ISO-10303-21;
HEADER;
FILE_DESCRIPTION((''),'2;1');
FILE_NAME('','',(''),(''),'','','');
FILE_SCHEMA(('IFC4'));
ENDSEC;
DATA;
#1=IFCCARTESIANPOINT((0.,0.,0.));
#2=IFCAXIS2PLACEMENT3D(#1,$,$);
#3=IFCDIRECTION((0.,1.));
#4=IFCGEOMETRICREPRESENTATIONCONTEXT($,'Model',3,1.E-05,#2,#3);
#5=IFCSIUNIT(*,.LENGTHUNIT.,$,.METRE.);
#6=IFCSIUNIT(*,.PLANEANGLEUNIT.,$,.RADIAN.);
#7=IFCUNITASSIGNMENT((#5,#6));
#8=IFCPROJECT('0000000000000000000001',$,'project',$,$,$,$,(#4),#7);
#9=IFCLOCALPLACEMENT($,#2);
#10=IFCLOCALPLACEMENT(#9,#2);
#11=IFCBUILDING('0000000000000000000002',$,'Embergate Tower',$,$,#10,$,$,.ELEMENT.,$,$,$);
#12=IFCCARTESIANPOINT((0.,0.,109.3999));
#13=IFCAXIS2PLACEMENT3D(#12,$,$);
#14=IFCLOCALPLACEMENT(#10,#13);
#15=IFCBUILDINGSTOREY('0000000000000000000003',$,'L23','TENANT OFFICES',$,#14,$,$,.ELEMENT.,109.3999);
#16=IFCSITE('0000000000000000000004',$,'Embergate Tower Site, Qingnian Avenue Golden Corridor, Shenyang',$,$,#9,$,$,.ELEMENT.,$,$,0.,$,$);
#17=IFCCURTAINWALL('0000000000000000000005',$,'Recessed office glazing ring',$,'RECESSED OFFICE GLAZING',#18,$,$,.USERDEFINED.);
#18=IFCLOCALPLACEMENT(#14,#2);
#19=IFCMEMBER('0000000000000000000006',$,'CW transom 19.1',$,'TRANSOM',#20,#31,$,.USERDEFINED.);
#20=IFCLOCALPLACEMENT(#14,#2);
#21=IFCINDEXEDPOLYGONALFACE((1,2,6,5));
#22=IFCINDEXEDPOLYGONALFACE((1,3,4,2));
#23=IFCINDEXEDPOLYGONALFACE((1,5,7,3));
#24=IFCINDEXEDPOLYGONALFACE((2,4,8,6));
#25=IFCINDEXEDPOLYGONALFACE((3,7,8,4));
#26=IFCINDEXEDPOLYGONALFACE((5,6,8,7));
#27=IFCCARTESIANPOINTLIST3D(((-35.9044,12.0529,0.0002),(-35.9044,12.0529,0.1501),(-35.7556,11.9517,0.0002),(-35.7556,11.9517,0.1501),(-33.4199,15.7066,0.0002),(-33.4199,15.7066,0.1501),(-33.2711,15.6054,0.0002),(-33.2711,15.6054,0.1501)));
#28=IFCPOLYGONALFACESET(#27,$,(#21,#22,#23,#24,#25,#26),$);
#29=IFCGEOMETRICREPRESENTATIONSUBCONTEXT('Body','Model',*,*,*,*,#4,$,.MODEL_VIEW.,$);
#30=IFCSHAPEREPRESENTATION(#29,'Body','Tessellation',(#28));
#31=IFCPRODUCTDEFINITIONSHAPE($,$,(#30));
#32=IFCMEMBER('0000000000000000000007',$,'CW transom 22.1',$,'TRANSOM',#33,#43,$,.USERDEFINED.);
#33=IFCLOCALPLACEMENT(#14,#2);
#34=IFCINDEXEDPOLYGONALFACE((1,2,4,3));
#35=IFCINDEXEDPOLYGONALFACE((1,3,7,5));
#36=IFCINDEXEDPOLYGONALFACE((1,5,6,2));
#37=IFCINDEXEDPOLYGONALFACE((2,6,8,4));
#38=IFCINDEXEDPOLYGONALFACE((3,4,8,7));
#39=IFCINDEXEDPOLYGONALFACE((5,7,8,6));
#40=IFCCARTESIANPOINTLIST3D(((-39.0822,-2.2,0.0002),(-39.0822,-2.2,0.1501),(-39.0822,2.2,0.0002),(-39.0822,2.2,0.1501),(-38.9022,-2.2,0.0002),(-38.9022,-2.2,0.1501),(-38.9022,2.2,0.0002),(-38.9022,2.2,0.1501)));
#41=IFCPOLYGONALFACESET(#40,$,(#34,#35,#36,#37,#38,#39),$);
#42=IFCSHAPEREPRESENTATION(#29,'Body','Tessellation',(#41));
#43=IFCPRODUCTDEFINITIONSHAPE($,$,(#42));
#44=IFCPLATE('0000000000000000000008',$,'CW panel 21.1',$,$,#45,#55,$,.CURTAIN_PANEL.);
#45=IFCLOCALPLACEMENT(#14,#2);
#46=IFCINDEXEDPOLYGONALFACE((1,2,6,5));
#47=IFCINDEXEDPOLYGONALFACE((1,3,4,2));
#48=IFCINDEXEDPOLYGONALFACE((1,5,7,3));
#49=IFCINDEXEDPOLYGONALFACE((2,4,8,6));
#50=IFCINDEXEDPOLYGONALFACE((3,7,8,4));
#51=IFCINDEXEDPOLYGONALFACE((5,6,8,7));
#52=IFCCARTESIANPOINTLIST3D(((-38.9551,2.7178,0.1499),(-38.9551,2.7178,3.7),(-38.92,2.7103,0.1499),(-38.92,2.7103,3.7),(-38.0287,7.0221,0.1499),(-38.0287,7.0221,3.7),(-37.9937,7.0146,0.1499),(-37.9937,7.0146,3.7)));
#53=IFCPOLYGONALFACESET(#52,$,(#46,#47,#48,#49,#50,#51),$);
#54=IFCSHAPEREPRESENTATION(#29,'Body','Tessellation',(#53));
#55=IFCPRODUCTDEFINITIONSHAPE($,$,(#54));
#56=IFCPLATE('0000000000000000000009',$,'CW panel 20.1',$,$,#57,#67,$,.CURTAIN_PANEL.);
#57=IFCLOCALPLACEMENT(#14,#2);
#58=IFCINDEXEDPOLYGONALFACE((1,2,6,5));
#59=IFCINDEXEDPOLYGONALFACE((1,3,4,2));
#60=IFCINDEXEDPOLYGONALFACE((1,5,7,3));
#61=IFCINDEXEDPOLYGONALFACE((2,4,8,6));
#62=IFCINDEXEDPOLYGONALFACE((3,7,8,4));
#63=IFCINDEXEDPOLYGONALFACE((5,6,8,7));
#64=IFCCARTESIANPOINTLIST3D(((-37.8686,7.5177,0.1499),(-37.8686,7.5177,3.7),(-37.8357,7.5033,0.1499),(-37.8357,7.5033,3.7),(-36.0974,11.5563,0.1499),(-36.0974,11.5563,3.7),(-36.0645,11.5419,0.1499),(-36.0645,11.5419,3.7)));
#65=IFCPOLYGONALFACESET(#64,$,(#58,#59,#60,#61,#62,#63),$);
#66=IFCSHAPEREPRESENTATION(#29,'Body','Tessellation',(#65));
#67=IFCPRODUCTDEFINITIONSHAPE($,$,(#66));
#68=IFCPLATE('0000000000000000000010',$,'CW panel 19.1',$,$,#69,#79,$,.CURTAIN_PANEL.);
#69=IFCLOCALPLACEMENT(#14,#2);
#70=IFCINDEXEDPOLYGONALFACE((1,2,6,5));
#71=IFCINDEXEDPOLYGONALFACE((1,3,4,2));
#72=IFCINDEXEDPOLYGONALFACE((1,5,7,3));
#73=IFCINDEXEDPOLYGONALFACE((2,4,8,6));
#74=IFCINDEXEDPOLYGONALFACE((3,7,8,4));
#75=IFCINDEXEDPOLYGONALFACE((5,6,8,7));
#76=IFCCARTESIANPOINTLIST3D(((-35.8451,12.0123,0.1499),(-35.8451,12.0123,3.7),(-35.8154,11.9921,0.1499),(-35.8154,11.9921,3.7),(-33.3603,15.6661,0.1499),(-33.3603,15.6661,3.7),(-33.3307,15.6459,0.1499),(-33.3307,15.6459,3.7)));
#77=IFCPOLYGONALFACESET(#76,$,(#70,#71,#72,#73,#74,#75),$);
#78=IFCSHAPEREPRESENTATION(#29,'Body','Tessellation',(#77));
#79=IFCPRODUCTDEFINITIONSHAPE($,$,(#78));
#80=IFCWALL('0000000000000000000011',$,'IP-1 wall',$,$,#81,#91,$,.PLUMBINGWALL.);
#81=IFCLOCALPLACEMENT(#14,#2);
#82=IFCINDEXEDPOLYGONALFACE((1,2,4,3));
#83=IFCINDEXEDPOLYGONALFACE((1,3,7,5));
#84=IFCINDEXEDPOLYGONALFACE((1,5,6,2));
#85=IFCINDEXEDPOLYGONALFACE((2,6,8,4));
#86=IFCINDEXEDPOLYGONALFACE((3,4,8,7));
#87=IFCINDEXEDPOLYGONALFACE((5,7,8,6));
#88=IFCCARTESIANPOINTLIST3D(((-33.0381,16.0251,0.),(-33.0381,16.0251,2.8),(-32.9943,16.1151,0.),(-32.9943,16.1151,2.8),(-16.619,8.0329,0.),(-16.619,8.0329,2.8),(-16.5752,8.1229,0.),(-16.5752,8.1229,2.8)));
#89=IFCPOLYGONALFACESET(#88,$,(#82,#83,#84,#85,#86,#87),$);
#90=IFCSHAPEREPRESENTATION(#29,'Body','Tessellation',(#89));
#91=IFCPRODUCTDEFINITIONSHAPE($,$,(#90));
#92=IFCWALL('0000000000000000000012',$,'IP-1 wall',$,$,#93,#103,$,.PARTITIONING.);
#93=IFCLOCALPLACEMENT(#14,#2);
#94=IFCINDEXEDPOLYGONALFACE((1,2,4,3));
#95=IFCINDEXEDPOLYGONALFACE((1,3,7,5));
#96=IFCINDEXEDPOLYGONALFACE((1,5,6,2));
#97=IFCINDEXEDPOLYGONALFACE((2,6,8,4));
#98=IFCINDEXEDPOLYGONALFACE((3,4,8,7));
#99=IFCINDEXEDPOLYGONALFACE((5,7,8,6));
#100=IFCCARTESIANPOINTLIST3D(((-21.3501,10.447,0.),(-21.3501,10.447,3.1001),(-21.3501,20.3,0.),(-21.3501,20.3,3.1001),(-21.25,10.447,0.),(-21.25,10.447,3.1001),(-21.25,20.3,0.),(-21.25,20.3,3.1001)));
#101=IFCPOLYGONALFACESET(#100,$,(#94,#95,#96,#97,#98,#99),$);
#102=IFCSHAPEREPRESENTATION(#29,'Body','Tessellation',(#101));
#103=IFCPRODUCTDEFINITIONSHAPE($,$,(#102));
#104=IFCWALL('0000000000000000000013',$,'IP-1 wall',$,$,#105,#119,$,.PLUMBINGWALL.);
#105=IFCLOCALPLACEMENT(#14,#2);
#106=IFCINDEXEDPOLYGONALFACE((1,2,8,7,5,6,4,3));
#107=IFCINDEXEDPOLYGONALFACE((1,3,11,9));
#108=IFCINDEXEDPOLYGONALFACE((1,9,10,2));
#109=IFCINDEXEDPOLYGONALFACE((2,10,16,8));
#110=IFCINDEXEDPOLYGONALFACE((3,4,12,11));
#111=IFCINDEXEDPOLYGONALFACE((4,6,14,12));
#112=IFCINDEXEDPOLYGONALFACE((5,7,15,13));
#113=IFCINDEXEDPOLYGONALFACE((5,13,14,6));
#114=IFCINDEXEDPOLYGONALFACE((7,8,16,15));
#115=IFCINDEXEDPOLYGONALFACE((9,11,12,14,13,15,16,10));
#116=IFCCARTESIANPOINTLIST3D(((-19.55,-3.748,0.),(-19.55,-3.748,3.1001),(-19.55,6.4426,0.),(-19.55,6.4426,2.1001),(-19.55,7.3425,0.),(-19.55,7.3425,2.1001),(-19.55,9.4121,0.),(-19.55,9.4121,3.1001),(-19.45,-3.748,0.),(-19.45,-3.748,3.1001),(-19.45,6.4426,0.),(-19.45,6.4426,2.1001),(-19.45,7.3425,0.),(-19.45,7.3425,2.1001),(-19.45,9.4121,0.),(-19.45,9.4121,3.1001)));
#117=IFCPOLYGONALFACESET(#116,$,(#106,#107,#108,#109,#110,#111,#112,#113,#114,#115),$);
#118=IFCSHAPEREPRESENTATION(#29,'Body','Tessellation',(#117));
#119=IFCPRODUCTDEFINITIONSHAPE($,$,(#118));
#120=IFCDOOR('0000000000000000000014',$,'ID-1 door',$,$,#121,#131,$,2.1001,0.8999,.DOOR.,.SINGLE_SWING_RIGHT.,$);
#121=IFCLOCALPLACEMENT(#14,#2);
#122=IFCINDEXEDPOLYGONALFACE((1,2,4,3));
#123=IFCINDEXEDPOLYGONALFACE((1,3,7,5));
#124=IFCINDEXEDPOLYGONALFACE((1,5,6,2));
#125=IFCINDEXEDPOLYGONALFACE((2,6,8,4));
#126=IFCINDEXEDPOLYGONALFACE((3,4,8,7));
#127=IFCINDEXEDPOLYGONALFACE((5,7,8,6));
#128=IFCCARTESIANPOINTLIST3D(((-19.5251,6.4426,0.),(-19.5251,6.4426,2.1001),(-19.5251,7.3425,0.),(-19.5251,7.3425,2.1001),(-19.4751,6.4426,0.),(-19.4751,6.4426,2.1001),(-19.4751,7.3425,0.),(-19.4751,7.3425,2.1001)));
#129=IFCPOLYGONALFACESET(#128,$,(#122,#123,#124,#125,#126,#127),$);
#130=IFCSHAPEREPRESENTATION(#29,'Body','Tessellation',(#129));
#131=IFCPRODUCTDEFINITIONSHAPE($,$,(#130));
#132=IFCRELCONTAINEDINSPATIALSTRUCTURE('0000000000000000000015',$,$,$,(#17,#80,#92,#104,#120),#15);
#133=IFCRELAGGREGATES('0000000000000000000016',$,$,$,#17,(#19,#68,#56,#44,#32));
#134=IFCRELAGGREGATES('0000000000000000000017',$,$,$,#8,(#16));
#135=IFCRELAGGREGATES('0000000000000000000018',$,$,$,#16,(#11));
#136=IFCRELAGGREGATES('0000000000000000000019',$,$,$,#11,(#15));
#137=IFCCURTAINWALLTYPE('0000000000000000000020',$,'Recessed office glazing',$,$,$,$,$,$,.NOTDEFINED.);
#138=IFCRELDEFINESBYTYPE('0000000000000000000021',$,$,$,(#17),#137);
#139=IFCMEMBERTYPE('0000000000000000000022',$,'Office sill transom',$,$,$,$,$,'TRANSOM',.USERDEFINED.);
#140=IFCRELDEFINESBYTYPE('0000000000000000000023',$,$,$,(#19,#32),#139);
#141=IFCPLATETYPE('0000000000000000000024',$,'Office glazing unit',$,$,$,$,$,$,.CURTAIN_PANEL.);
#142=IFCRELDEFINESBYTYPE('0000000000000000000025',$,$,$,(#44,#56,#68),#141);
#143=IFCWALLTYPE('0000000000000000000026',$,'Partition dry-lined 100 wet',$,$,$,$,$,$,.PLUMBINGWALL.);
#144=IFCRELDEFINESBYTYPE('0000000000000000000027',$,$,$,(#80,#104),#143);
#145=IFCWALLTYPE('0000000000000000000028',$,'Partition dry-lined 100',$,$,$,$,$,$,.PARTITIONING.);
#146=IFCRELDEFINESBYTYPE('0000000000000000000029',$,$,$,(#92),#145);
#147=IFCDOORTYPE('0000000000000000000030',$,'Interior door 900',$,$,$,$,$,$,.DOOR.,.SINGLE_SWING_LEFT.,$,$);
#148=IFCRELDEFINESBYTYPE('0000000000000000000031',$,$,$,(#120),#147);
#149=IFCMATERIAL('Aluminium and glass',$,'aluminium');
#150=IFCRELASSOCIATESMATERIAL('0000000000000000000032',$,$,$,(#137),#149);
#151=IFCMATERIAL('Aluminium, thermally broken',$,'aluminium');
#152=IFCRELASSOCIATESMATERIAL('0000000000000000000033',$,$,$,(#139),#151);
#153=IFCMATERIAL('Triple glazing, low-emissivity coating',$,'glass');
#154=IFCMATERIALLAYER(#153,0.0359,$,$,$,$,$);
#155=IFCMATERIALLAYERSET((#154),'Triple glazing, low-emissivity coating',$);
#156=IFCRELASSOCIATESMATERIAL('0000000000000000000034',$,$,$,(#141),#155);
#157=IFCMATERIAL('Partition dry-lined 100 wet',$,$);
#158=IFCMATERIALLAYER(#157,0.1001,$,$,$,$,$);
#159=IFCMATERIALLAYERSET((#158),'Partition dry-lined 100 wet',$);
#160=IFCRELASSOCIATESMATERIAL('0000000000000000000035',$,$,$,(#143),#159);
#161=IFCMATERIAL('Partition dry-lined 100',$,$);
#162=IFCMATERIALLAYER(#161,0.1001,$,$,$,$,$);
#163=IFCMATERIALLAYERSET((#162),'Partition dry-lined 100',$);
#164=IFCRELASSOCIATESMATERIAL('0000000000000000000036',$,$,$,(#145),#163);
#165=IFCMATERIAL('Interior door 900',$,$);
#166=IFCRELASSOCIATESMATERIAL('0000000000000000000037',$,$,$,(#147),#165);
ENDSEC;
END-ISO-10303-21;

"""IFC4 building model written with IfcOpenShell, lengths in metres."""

from ifc_helpers import new_model, si_unit, direction, frame, frame_2d, origin, origin_2d, place, context, subcontext, project, spatial, rectangle, extrude, source, transform, mapped, material, layer, layer_set, material_profile, profile_set, type_object, element, fill, aggregate, save


model = new_model("IFC4")

# Units and contexts
model_context = context("Model", 3, precision=1e-05, world=origin(), true_north=direction((0.0, 1.0)))
body_context = subcontext(model_context, "Body", "Model", "MODEL_VIEW")
ifc_project = project(units=[si_unit("LENGTHUNIT", "METRE"), si_unit("PLANEANGLEUNIT", "RADIAN")], contexts=[model_context])

# Site, building, storey
site_placement = place(None, origin())
site = spatial("IfcSite", under=ifc_project, at=site_placement, Name="Embergate Tower Site, Qingnian Avenue Golden Corridor, Shenyang", CompositionType="ELEMENT", RefElevation=0.0)
building_placement = place(site_placement, origin())
building = spatial("IfcBuilding", under=site, at=building_placement, Name="Embergate Tower", CompositionType="ELEMENT")
storey_placement = place(building_placement, frame((0.0, 0.0, 109.3999)))
storey = spatial("IfcBuildingStorey", under=building, at=storey_placement, Name="L23", Description="TENANT OFFICES", CompositionType="ELEMENT", Elevation=109.3999)

# Curtain wall, members, plates
ifc_material_1 = material(Name="Aluminium and glass", Category="aluminium")
curtain_wall_type = type_object("IfcCurtainWallType", Name="Recessed office glazing", PredefinedType="NOTDEFINED", material=ifc_material_1)
curtain_wall_placement = place(storey_placement, origin())
curtain_wall = element("IfcCurtainWall", 1, at=curtain_wall_placement, inside=storey, type_object=curtain_wall_type, Name="Recessed office glazing ring", ObjectType="RECESSED OFFICE GLAZING", PredefinedType="USERDEFINED")
ifc_material_2 = material(Name="Aluminium, thermally broken", Category="aluminium")
ifc_material_profile_1 = material_profile(ifc_material_2, rectangle(XDim=0.1799, YDim=0.1499, at=origin_2d()), Name="AL 150x180")
ifc_profile_set_1 = profile_set([ifc_material_profile_1], Name="Aluminium, thermally broken")
member_type_1 = type_object("IfcMemberType", Name="Office sill transom", ElementType="TRANSOM", PredefinedType="USERDEFINED", material=ifc_profile_set_1)
shared_shape_1 = source(origin(), body_context, "Body", "SweptSolid", [
    extrude(rectangle(XDim=0.1799, YDim=0.1499, at=origin_2d()), origin(), (0.0, 0.0, 1.0), 4.4185),
])
member_1_placement = place(storey_placement, frame((-33.3455, 15.656, 0.0752), z_axis=(-0.562315, -0.826923, 0.0), x_axis=(0.826923, -0.562315, 0.0)))
member_1 = element("IfcMember", 2, at=member_1_placement, type_object=member_type_1, Name="CW transom 19.1", ObjectType="TRANSOM", PredefinedType="USERDEFINED", context=body_context, shape_type="MappedRepresentation", body=[
    mapped(shared_shape_1, transform((0.0, 0.0, 0.0))),
])
shared_shape_2 = source(origin(), body_context, "Body", "SweptSolid", [
    extrude(rectangle(XDim=0.1799, YDim=0.1499, at=origin_2d()), origin(), (0.0, 0.0, 1.0), 4.3999),
])
member_2_placement = place(storey_placement, frame((-38.9922, 2.2, 0.0752), z_axis=(0.0, -1.0, 0.0), x_axis=(1.0, 0.0, 0.0)))
member_2 = element("IfcMember", 3, at=member_2_placement, type_object=member_type_1, Name="CW transom 22.1", ObjectType="TRANSOM", PredefinedType="USERDEFINED", context=body_context, shape_type="MappedRepresentation", body=[
    mapped(shared_shape_2, transform((0.0, 0.0, 0.0))),
])
ifc_material_3 = material(Name="Triple glazing, low-emissivity coating", Category="glass")
ifc_layer_1 = layer(ifc_material_3, 0.0359)
ifc_layer_set_1 = layer_set([ifc_layer_1], Name="Triple glazing, low-emissivity coating")
plate_type = type_object("IfcPlateType", Name="Office glazing unit", PredefinedType="CURTAIN_PANEL", material=ifc_layer_set_1)
shared_shape_3 = source(origin(), body_context, "Body", "SweptSolid", [
    extrude(rectangle(XDim=4.4028, YDim=0.0359, at=origin_2d()), origin(), (0.0, 0.0, 1.0), 3.55),
])
plate_1_placement = place(storey_placement, frame((-38.4744, 4.8662, 0.1499), z_axis=(0.0, 0.0, 1.0), x_axis=(-0.210392, -0.977617, 0.0)))
plate_1 = element("IfcPlate", 4, at=plate_1_placement, type_object=plate_type, Name="CW panel 21.1", PredefinedType="CURTAIN_PANEL", context=body_context, shape_type="MappedRepresentation", body=[
    mapped(shared_shape_3, transform((0.0, 0.0, 0.0))),
])
shared_shape_4 = source(origin(), body_context, "Body", "SweptSolid", [
    extrude(rectangle(XDim=4.4099, YDim=0.0359, at=origin_2d()), origin(), (0.0, 0.0, 1.0), 3.55),
])
plate_2_placement = place(storey_placement, frame((-36.9666, 9.5298, 0.1499), z_axis=(0.0, 0.0, 1.0), x_axis=(-0.401644, -0.915796, 0.0)))
plate_2 = element("IfcPlate", 5, at=plate_2_placement, type_object=plate_type, Name="CW panel 20.1", PredefinedType="CURTAIN_PANEL", context=body_context, shape_type="MappedRepresentation", body=[
    mapped(shared_shape_4, transform((0.0, 0.0, 0.0))),
])
shared_shape_5 = source(origin(), body_context, "Body", "SweptSolid", [
    extrude(rectangle(XDim=4.4187, YDim=0.0359, at=origin_2d()), origin(), (0.0, 0.0, 1.0), 3.55),
])
plate_3_placement = place(storey_placement, frame((-34.5879, 13.8291, 0.1499), z_axis=(0.0, 0.0, 1.0), x_axis=(-0.562332, -0.826912, 0.0)))
plate_3 = element("IfcPlate", 6, at=plate_3_placement, type_object=plate_type, Name="CW panel 19.1", PredefinedType="CURTAIN_PANEL", context=body_context, shape_type="MappedRepresentation", body=[
    mapped(shared_shape_5, transform((0.0, 0.0, 0.0))),
])
aggregate(curtain_wall, [member_1, plate_3, plate_2, plate_1, member_2])

# Walls
ifc_material_4 = material(Name="Partition dry-lined 100 wet")
ifc_layer_2 = layer(ifc_material_4, 0.1001)
ifc_layer_set_2 = layer_set([ifc_layer_2], Name="Partition dry-lined 100 wet")
wall_type_1 = type_object("IfcWallType", Name="Partition dry-lined 100 wet", PredefinedType="PLUMBINGWALL", material=ifc_layer_set_2)
shared_shape_6 = source(origin(), body_context, "Body", "SweptSolid", [
    extrude(rectangle(XDim=18.261, YDim=0.1001, at=frame_2d((9.1304, 0.0))), origin(), (0.0, 0.0, 1.0), 2.8),
])
wall_1_placement = place(storey_placement, frame((-33.0161, 16.0701, 0.0), z_axis=(0.0, 0.0, 1.0), x_axis=(0.899139, -0.437664, 0.0)))
element("IfcWall", 7, at=wall_1_placement, inside=storey, type_object=wall_type_1, Name="IP-1 wall", PredefinedType="PLUMBINGWALL", context=body_context, shape_type="MappedRepresentation", body=[
    mapped(shared_shape_6, transform((0.0, 0.0, 0.0))),
])
ifc_material_5 = material(Name="Partition dry-lined 100")
ifc_layer_3 = layer(ifc_material_5, 0.1001)
ifc_layer_set_3 = layer_set([ifc_layer_3], Name="Partition dry-lined 100")
wall_type_2 = type_object("IfcWallType", Name="Partition dry-lined 100", PredefinedType="PARTITIONING", material=ifc_layer_set_3)
shared_shape_7 = source(origin(), body_context, "Body", "SweptSolid", [
    extrude(rectangle(XDim=9.853, YDim=0.1001, at=frame_2d((4.9265, 0.0))), origin(), (0.0, 0.0, 1.0), 3.1001),
])
wall_2_placement = place(storey_placement, frame((-21.3, 10.447, 0.0), z_axis=(0.0, 0.0, 1.0), x_axis=(0.0, 1.0, 0.0)))
element("IfcWall", 8, at=wall_2_placement, inside=storey, type_object=wall_type_2, Name="IP-1 wall", PredefinedType="PARTITIONING", context=body_context, shape_type="MappedRepresentation", body=[
    mapped(shared_shape_7, transform((0.0, 0.0, 0.0))),
])

# Wall, opening, door
shared_shape_8 = source(origin(), body_context, "Body", "SweptSolid", [
    extrude(rectangle(XDim=13.1602, YDim=0.1001, at=frame_2d((6.5801, 0.0))), origin(), (0.0, 0.0, 1.0), 3.1001),
])
wall_3_placement = place(storey_placement, frame((-19.5, 9.4121, 0.0), z_axis=(0.0, 0.0, 1.0), x_axis=(0.0, -1.0, 0.0)))
wall_3 = element("IfcWall", 9, at=wall_3_placement, inside=storey, type_object=wall_type_1, Name="IP-1 wall", PredefinedType="PLUMBINGWALL", context=body_context, shape_type="MappedRepresentation", body=[
    mapped(shared_shape_8, transform((0.0, 0.0, 0.0))),
])
shared_shape_9 = source(origin(), body_context, "Body", "SweptSolid", [
    extrude(rectangle(XDim=0.8999, YDim=2.1001, at=frame_2d((0.45, 1.05))), frame((0.0, 0.0601, 0.0), z_axis=(0.0, -1.0, 0.0), x_axis=(1.0, 0.0, 0.0)), (0.0, 0.0, 1.0), 0.1201),
])
opening_placement = place(wall_3_placement, frame((2.0696, 0.0, 0.0)))
opening = element("IfcOpeningElement", 10, at=opening_placement, cuts=wall_3, PredefinedType="OPENING", context=body_context, shape_type="MappedRepresentation", body=[
    mapped(shared_shape_9, transform((0.0, 0.0, 0.0))),
])
ifc_material_6 = material(Name="Interior door 900")
door_type = type_object("IfcDoorType", Name="Interior door 900", OperationType="SINGLE_SWING_LEFT", PredefinedType="DOOR", material=ifc_material_6)
shared_shape_10 = source(origin(), body_context, "Body", "SweptSolid", [
    extrude(rectangle(XDim=0.8999, YDim=2.1001, at=frame_2d((0.45, 1.05))), frame((0.0, 0.0249, 0.0), z_axis=(0.0, -1.0, 0.0), x_axis=(1.0, 0.0, 0.0)), (0.0, 0.0, 1.0), 0.05),
])
door_placement = place(opening_placement, origin())
door = element("IfcDoor", 11, at=door_placement, inside=storey, type_object=door_type, Name="ID-1 door", OperationType="SINGLE_SWING_RIGHT", OverallHeight=2.1001, OverallWidth=0.8999, PredefinedType="DOOR", context=body_context, shape_type="MappedRepresentation", body=[
    mapped(shared_shape_10, transform((0.0, 0.0, 0.0))),
])
fill(opening, door)

save(model, "model.ifc")
